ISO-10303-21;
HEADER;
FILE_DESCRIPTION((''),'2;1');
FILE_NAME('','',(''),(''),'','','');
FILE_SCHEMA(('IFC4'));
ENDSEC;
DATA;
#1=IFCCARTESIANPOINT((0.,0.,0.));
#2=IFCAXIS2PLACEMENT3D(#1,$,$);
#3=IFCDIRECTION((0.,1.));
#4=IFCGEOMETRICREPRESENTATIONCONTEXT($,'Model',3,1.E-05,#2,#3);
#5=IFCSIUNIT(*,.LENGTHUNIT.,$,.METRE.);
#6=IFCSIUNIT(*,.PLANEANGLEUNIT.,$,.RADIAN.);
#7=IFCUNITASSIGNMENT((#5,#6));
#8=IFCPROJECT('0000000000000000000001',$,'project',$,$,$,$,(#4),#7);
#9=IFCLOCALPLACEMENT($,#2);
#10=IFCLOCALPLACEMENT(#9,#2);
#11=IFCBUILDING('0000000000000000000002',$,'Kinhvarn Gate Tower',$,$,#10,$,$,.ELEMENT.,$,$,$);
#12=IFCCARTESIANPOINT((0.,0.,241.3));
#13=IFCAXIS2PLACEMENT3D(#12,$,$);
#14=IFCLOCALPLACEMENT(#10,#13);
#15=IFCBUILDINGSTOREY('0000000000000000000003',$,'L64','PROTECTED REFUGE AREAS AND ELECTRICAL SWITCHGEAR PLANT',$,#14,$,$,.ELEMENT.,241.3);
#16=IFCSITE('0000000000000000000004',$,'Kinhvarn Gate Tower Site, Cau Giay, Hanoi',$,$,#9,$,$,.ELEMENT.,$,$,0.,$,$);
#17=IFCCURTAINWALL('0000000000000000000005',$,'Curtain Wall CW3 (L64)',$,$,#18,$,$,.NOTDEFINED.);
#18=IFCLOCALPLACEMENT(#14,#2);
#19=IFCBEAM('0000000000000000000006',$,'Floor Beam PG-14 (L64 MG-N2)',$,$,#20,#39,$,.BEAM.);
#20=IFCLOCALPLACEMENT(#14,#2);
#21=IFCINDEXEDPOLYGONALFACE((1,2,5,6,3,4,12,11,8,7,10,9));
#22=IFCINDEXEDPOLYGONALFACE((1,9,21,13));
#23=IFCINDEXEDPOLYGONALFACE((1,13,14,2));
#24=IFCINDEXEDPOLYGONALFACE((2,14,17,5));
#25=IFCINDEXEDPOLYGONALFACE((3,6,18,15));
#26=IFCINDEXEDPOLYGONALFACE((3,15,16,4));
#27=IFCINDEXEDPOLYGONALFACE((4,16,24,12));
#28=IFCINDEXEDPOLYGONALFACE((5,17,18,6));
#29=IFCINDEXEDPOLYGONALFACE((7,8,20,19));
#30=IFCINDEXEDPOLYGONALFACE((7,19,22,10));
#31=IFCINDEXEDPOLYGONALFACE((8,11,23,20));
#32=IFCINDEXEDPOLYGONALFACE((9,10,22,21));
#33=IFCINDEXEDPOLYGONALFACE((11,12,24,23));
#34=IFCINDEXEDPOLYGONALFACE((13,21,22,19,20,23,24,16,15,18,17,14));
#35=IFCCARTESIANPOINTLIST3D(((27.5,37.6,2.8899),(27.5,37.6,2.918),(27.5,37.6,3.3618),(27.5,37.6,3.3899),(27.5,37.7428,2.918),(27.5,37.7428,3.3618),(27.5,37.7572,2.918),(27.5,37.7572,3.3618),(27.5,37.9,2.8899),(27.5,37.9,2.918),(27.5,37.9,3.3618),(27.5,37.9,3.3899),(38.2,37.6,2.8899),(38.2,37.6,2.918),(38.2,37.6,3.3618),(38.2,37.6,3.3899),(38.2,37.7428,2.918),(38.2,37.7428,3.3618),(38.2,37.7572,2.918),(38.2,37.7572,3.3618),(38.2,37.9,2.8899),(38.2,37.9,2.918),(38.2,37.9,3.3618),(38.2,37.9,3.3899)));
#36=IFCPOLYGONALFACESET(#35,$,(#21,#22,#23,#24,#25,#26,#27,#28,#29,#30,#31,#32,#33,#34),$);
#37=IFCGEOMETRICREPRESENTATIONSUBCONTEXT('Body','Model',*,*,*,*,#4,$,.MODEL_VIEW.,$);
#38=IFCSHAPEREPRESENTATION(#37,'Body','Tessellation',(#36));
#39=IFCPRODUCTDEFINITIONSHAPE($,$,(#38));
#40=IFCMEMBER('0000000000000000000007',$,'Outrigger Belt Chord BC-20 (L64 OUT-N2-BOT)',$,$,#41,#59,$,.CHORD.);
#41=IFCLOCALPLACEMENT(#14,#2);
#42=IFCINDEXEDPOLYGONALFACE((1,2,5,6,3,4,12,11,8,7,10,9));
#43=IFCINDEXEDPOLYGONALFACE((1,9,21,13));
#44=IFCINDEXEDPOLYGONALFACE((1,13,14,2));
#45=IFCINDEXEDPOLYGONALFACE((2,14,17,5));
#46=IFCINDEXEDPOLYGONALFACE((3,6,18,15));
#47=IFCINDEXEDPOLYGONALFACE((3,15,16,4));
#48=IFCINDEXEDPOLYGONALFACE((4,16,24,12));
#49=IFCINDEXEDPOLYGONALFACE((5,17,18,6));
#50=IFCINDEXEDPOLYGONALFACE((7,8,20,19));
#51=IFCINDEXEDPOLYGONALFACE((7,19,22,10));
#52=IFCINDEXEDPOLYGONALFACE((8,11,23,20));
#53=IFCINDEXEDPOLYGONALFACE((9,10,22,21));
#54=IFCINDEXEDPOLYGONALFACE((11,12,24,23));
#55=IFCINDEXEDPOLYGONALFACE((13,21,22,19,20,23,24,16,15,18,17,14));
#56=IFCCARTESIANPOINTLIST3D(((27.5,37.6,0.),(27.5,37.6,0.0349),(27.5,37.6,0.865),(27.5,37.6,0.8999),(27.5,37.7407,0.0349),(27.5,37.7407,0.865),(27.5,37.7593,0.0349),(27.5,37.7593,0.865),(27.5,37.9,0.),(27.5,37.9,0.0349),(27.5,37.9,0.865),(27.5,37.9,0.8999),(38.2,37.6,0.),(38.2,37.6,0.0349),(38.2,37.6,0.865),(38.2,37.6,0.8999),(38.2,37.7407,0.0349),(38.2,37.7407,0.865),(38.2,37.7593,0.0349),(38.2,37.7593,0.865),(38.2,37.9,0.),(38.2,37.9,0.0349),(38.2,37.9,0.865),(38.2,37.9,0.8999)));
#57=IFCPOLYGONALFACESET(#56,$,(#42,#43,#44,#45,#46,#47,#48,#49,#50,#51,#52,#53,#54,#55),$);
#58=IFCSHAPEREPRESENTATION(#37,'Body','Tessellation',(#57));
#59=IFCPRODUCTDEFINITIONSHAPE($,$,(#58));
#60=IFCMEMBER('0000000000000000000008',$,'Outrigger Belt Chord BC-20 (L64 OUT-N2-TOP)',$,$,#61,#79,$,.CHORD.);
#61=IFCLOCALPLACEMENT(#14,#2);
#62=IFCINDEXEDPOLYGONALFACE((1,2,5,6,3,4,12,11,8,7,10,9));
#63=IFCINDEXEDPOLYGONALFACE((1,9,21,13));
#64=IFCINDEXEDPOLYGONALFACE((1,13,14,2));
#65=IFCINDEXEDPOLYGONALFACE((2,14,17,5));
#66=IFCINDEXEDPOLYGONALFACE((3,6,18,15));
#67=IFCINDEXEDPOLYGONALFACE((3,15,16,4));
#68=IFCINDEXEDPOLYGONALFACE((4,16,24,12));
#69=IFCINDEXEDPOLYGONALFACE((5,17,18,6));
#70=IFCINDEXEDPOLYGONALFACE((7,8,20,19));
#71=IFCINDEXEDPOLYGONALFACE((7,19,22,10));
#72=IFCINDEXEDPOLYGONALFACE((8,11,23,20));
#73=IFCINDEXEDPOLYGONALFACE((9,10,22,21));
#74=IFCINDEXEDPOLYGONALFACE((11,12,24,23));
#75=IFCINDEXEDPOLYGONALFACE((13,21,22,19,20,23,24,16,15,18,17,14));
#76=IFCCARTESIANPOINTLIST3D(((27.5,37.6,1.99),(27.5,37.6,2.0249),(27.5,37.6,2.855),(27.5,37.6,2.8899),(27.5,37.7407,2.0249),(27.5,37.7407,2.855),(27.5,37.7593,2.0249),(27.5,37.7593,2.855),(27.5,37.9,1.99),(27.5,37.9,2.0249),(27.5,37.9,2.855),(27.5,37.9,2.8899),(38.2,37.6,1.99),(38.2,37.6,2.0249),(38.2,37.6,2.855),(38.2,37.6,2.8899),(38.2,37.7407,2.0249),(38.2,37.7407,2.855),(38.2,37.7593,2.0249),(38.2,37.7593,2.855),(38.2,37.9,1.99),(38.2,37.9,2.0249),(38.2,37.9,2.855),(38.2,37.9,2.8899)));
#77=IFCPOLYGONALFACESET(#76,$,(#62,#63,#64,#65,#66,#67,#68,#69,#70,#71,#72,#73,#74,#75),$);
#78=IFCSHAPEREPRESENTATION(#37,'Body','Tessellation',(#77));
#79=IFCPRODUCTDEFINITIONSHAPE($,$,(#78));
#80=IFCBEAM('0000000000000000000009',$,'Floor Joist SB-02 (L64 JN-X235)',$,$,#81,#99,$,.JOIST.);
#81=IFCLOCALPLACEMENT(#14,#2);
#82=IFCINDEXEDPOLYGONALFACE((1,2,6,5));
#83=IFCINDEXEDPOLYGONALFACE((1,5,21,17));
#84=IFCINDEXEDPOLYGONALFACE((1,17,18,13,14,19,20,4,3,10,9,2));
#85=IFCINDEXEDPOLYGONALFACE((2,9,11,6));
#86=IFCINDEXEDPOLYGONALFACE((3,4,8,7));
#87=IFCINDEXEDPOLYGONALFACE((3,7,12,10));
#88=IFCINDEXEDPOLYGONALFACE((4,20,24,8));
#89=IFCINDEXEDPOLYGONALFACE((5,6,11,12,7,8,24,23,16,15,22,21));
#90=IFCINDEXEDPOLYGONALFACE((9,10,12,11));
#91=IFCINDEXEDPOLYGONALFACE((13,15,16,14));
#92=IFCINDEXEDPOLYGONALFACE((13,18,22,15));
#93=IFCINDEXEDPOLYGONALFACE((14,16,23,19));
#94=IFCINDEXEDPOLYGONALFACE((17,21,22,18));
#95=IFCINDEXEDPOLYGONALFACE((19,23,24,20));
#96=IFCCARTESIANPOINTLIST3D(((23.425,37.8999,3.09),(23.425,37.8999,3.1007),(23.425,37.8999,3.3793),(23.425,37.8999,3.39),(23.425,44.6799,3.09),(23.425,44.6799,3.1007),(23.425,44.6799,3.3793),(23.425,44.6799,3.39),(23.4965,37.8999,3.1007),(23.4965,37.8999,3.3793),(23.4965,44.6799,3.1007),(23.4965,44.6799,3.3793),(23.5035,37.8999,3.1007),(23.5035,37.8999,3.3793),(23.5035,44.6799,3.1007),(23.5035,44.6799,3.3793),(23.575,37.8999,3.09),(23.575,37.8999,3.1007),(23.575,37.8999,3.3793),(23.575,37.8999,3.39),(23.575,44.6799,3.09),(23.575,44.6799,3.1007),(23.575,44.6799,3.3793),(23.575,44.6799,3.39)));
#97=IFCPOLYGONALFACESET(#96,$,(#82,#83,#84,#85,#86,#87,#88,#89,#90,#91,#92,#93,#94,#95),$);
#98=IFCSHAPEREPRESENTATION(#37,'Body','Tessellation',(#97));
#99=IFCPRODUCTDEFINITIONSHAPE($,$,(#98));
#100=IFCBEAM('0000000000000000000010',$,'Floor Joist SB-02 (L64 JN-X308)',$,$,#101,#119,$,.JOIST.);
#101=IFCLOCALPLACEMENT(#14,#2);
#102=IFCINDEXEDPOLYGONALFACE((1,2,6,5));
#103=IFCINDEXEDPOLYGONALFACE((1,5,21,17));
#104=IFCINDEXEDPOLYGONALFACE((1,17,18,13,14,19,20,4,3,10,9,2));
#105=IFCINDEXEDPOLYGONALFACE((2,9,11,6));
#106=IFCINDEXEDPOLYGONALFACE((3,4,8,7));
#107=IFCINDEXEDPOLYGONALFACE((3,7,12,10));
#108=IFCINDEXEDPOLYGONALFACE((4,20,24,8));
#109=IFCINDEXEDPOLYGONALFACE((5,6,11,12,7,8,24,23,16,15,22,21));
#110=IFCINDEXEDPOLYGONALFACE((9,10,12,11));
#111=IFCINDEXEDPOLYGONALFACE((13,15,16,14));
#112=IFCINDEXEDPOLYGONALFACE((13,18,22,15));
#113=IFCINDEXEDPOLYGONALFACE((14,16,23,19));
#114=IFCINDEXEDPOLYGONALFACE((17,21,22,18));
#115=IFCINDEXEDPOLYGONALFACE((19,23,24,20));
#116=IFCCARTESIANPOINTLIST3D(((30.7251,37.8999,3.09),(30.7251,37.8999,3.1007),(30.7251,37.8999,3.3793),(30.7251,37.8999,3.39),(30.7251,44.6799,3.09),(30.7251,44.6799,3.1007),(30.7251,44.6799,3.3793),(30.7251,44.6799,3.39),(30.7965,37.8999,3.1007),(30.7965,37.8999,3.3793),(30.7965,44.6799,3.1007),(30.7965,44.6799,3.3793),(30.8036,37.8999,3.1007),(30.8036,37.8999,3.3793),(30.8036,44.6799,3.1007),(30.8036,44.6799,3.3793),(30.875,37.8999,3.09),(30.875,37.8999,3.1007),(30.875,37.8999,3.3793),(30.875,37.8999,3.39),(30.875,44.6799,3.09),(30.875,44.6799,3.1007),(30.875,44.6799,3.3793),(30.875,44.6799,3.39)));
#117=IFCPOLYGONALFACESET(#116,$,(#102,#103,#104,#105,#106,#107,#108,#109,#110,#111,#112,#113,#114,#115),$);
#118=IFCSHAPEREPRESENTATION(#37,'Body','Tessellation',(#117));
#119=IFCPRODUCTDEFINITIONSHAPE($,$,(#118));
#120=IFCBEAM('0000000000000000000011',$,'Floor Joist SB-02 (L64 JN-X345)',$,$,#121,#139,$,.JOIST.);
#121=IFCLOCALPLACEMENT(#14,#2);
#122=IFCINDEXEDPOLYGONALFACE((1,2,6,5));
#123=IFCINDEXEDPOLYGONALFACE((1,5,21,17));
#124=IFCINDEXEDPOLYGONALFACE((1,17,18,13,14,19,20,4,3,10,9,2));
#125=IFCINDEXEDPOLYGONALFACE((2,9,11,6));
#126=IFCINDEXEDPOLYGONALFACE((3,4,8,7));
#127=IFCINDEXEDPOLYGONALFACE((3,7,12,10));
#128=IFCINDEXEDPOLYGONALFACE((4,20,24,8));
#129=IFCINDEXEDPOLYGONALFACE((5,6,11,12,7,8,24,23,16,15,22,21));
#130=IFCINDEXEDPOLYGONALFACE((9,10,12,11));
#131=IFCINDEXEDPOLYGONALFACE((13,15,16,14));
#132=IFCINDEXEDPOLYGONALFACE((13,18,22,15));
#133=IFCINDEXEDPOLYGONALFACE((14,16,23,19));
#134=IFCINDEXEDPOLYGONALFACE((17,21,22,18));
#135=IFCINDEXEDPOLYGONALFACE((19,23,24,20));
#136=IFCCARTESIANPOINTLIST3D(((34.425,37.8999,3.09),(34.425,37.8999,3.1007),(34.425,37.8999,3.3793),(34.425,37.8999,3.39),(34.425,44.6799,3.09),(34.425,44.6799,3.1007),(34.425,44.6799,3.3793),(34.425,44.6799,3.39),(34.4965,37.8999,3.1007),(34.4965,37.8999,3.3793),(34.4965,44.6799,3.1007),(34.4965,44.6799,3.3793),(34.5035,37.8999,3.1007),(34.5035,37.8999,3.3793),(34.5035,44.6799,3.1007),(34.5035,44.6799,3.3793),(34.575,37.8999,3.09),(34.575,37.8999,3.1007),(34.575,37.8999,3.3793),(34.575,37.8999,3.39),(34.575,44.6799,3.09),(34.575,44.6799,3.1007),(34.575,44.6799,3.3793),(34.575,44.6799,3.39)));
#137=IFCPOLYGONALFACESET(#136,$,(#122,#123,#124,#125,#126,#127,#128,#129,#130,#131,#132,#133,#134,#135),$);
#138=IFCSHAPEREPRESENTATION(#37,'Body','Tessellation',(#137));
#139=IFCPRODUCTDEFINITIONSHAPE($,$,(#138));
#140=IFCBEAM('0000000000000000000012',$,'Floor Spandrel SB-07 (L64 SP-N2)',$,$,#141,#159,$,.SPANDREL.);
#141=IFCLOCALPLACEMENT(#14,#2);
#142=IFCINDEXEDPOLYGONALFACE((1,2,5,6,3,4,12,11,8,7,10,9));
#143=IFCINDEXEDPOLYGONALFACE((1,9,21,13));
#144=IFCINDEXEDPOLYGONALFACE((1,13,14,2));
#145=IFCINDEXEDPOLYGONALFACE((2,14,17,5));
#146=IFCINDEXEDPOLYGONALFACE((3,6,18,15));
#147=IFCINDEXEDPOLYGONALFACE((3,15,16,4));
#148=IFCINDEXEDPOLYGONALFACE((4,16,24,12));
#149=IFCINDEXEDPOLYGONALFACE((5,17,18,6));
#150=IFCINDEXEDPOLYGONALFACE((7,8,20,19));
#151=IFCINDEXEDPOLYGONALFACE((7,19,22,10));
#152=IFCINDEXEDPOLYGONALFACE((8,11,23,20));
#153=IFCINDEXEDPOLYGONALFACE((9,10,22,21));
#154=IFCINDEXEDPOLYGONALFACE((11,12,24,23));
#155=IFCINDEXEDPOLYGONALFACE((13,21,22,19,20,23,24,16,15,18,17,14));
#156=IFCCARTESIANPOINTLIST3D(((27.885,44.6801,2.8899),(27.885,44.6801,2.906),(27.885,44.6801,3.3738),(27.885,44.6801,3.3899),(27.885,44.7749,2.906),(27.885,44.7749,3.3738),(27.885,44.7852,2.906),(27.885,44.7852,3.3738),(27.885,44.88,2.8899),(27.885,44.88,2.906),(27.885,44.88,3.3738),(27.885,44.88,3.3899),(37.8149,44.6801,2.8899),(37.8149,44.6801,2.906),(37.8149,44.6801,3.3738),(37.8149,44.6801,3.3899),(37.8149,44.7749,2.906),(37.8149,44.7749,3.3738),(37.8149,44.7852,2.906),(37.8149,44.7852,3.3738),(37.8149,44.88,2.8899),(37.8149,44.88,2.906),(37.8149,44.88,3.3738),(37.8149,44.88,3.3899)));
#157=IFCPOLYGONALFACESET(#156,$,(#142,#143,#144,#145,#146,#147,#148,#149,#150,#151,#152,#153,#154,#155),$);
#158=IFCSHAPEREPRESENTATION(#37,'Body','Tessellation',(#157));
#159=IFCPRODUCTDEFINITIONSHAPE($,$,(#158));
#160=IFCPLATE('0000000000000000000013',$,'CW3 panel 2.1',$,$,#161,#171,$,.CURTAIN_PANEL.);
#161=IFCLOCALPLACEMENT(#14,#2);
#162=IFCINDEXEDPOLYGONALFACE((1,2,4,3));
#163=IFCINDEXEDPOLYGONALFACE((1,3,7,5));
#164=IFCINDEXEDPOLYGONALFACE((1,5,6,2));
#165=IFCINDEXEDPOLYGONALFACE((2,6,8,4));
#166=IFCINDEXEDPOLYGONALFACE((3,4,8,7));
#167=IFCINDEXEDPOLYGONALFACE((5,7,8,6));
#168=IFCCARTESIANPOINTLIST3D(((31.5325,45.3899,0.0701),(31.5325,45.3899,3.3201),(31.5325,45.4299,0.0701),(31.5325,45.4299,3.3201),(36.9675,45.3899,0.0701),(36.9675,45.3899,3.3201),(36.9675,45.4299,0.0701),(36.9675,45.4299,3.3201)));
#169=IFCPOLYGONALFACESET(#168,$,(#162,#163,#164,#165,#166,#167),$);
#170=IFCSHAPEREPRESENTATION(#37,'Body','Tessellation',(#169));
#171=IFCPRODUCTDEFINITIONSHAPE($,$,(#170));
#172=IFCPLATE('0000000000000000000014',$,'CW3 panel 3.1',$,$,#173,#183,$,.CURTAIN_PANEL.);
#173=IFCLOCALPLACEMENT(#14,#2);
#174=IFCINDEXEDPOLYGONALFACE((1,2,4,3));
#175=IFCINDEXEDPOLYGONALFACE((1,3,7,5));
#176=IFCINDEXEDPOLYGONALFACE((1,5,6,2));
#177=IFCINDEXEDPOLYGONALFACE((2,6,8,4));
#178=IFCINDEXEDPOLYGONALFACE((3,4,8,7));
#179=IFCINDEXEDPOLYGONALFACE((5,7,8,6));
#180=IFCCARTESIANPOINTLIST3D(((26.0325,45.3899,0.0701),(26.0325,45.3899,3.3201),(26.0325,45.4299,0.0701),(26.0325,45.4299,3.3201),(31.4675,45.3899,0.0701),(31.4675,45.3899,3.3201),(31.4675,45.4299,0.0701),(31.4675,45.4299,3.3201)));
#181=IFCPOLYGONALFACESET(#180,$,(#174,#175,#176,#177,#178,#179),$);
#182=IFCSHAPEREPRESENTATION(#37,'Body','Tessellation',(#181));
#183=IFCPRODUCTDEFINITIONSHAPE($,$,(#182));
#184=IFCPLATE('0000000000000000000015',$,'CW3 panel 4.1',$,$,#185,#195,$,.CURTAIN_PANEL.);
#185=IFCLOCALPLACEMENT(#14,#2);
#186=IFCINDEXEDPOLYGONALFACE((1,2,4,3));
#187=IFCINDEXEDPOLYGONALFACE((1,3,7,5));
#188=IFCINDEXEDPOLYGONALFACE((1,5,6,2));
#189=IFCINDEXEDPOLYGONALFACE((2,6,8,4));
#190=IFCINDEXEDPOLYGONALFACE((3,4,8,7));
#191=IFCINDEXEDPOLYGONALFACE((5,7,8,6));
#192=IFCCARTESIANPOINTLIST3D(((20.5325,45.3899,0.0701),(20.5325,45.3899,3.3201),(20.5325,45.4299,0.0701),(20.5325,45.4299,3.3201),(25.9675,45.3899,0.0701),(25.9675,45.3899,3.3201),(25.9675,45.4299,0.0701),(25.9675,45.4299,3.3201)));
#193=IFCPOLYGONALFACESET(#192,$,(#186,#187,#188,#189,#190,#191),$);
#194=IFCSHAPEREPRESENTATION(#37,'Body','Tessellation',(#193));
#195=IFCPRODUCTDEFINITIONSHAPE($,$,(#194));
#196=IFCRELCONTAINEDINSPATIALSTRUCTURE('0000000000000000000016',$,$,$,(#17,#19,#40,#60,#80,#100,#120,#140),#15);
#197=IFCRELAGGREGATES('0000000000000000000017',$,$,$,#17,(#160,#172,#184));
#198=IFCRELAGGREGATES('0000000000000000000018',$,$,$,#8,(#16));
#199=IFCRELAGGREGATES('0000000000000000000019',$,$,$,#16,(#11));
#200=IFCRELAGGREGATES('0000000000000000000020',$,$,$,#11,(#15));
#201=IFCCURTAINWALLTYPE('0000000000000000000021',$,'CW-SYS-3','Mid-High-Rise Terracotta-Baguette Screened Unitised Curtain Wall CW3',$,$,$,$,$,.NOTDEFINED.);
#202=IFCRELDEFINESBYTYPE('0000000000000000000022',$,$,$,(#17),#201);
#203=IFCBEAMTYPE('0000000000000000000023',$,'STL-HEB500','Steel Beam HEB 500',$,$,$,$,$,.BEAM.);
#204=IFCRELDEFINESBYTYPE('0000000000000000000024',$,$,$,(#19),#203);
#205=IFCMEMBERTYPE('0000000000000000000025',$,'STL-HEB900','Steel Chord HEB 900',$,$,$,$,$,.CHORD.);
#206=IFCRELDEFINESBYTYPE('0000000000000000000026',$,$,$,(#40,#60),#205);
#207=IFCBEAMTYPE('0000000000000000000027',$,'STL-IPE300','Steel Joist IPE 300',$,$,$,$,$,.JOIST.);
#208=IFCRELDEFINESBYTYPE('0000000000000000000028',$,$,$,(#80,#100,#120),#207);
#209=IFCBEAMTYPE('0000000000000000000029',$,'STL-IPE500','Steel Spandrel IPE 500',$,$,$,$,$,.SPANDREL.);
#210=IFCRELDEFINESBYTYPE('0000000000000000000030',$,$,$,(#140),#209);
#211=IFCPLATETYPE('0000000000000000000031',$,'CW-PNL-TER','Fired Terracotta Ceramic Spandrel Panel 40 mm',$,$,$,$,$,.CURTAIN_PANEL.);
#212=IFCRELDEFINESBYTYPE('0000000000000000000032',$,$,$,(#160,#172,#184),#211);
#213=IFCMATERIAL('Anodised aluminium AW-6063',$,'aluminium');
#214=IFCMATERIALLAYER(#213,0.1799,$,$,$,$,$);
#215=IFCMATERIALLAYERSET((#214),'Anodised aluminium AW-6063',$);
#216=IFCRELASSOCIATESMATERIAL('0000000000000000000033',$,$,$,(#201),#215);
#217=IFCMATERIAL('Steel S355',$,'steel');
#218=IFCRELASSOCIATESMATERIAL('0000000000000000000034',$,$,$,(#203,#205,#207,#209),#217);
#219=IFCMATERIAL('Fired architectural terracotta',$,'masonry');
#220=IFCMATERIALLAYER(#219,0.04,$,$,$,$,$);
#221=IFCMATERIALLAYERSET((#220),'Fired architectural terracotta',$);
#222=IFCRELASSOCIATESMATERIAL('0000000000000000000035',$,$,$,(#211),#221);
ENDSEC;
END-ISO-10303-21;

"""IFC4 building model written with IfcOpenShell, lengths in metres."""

from ifc_helpers import new_model, si_unit, direction, frame, origin, origin_2d, place, context, subcontext, project, spatial, rectangle, i_section, extrude, material, layer, layer_set, material_profile, profile_set, type_object, element, aggregate, save


model = new_model("IFC4")

# Units and contexts
model_context = context("Model", 3, precision=1e-05, world=origin(), true_north=direction((0.0, 1.0)))
body_context = subcontext(model_context, "Body", "Model", "MODEL_VIEW")
ifc_project = project(units=[si_unit("LENGTHUNIT", "METRE"), si_unit("PLANEANGLEUNIT", "RADIAN")], contexts=[model_context])

# Site, building, storey
site_placement = place(None, origin())
site = spatial("IfcSite", under=ifc_project, at=site_placement, Name="Kinhvarn Gate Tower Site, Cau Giay, Hanoi", CompositionType="ELEMENT", RefElevation=0.0)
building_placement = place(site_placement, origin())
building = spatial("IfcBuilding", under=site, at=building_placement, Name="Kinhvarn Gate Tower", CompositionType="ELEMENT")
storey_placement = place(building_placement, frame((0.0, 0.0, 241.3)))
storey = spatial("IfcBuildingStorey", under=building, at=storey_placement, Name="L64", Description="PROTECTED REFUGE AREAS AND ELECTRICAL SWITCHGEAR PLANT", CompositionType="ELEMENT", Elevation=241.3)

# Curtain wall
ifc_material_1 = material(Name="Anodised aluminium AW-6063", Category="aluminium")
ifc_layer_1 = layer(ifc_material_1, 0.1799)
ifc_layer_set_1 = layer_set([ifc_layer_1], Name="Anodised aluminium AW-6063")
curtain_wall_type = type_object("IfcCurtainWallType", Name="CW-SYS-3", Description="Mid-High-Rise Terracotta-Baguette Screened Unitised Curtain Wall CW3", PredefinedType="NOTDEFINED", material=ifc_layer_set_1)
curtain_wall_placement = place(storey_placement, origin())
curtain_wall = element("IfcCurtainWall", 1, at=curtain_wall_placement, inside=storey, type_object=curtain_wall_type, Name="Curtain Wall CW3 (L64)", PredefinedType="NOTDEFINED")

# Shared definitions
ifc_material_2 = material(Name="Steel S355", Category="steel")

# Beam
ifc_material_profile_1 = material_profile(ifc_material_2, i_section(OverallWidth=0.3, OverallDepth=0.5, WebThickness=0.0144, FlangeThickness=0.0281, at=origin_2d()), Name="HEB 500")
ifc_profile_set_1 = profile_set([ifc_material_profile_1], Name="Steel S355")
beam_type_1 = type_object("IfcBeamType", Name="STL-HEB500", Description="Steel Beam HEB 500", PredefinedType="BEAM", material=ifc_profile_set_1)
beam_1_placement = place(storey_placement, frame((27.5, 37.75, 3.1399), z_axis=(1.0, 0.0, 0.0), x_axis=(0.0, 1.0, 0.0)))
element("IfcBeam", 2, at=beam_1_placement, inside=storey, type_object=beam_type_1, Name="Floor Beam PG-14 (L64 MG-N2)", PredefinedType="BEAM", context=body_context, shape_type="SweptSolid", body=[
    extrude(i_section(OverallWidth=0.3, OverallDepth=0.5, WebThickness=0.0144, FlangeThickness=0.0281, at=origin_2d()), origin(), (0.0, 0.0, 1.0), 10.7),
])

# Members
ifc_material_profile_2 = material_profile(ifc_material_2, i_section(OverallWidth=0.3, OverallDepth=0.8999, WebThickness=0.0186, FlangeThickness=0.0349, at=origin_2d()), Name="HEB 900")
ifc_profile_set_2 = profile_set([ifc_material_profile_2], Name="Steel S355")
member_type_1 = type_object("IfcMemberType", Name="STL-HEB900", Description="Steel Chord HEB 900", PredefinedType="CHORD", material=ifc_profile_set_2)
for number, where, z_axis, x_axis, name in (
    (3, (27.5, 37.75, 0.45), (1.0, 0.0, 0.0), (0.0, 1.0, 0.0), "Outrigger Belt Chord BC-20 (L64 OUT-N2-BOT)"),
    (4, (27.5, 37.75, 2.4399), (1.0, 0.0, 0.0), (0.0, 1.0, 0.0), "Outrigger Belt Chord BC-20 (L64 OUT-N2-TOP)"),
):
    element("IfcMember", number, at=place(storey_placement, frame(where, z_axis=z_axis, x_axis=x_axis)), inside=storey, type_object=member_type_1, Name=name, PredefinedType="CHORD", context=body_context, shape_type="SweptSolid", body=[
        extrude(i_section(OverallWidth=0.3, OverallDepth=0.8999, WebThickness=0.0186, FlangeThickness=0.0349, at=origin_2d()), origin(), (0.0, 0.0, 1.0), 10.7),
    ])

# Beams
ifc_material_profile_3 = material_profile(ifc_material_2, i_section(OverallWidth=0.1499, OverallDepth=0.3, WebThickness=0.0071, FlangeThickness=0.0107, at=origin_2d()), Name="IPE 300")
ifc_profile_set_3 = profile_set([ifc_material_profile_3], Name="Steel S355")
beam_type_2 = type_object("IfcBeamType", Name="STL-IPE300", Description="Steel Joist IPE 300", PredefinedType="JOIST", material=ifc_profile_set_3)
for number, where, z_axis, x_axis, name in (
    (5, (23.5, 37.8999, 3.24), (0.0, 1.0, 0.0), (-1.0, 0.0, 0.0), "Floor Joist SB-02 (L64 JN-X235)"),
    (6, (30.8, 37.8999, 3.24), (0.0, 1.0, 0.0), (-1.0, 0.0, 0.0), "Floor Joist SB-02 (L64 JN-X308)"),
    (7, (34.5, 37.8999, 3.24), (0.0, 1.0, 0.0), (-1.0, 0.0, 0.0), "Floor Joist SB-02 (L64 JN-X345)"),
):
    element("IfcBeam", number, at=place(storey_placement, frame(where, z_axis=z_axis, x_axis=x_axis)), inside=storey, type_object=beam_type_2, Name=name, PredefinedType="JOIST", context=body_context, shape_type="SweptSolid", body=[
        extrude(i_section(OverallWidth=0.1499, OverallDepth=0.3, WebThickness=0.0071, FlangeThickness=0.0107, at=origin_2d()), origin(), (0.0, 0.0, 1.0), 6.78),
    ])
ifc_material_profile_4 = material_profile(ifc_material_2, i_section(OverallWidth=0.2, OverallDepth=0.5, WebThickness=0.0103, FlangeThickness=0.0161, at=origin_2d()), Name="IPE 500")
ifc_profile_set_4 = profile_set([ifc_material_profile_4], Name="Steel S355")
beam_type_3 = type_object("IfcBeamType", Name="STL-IPE500", Description="Steel Spandrel IPE 500", PredefinedType="SPANDREL", material=ifc_profile_set_4)
beam_2_placement = place(storey_placement, frame((27.885, 44.78, 3.1399), z_axis=(1.0, 0.0, 0.0), x_axis=(0.0, 1.0, 0.0)))
element("IfcBeam", 8, at=beam_2_placement, inside=storey, type_object=beam_type_3, Name="Floor Spandrel SB-07 (L64 SP-N2)", PredefinedType="SPANDREL", context=body_context, shape_type="SweptSolid", body=[
    extrude(i_section(OverallWidth=0.2, OverallDepth=0.5, WebThickness=0.0103, FlangeThickness=0.0161, at=origin_2d()), origin(), (0.0, 0.0, 1.0), 9.9299),
])

# Plates
ifc_material_3 = material(Name="Fired architectural terracotta", Category="masonry")
ifc_layer_2 = layer(ifc_material_3, 0.04)
ifc_layer_set_2 = layer_set([ifc_layer_2], Name="Fired architectural terracotta")
plate_type = type_object("IfcPlateType", Name="CW-PNL-TER", Description="Fired Terracotta Ceramic Spandrel Panel 40 mm", PredefinedType="CURTAIN_PANEL", material=ifc_layer_set_2)
plate_1_placement = place(storey_placement, frame((34.25, 45.4099, 0.0701), z_axis=(0.0, 0.0, 1.0), x_axis=(-1.0, 0.0, 0.0)))
plate_1 = element("IfcPlate", 9, at=plate_1_placement, type_object=plate_type, Name="CW3 panel 2.1", PredefinedType="CURTAIN_PANEL", context=body_context, shape_type="SweptSolid", body=[
    extrude(rectangle(XDim=5.4351, YDim=0.04, at=origin_2d()), origin(), (0.0, 0.0, 1.0), 3.25),
])
plate_2_placement = place(storey_placement, frame((28.75, 45.4099, 0.0701), z_axis=(0.0, 0.0, 1.0), x_axis=(-1.0, 0.0, 0.0)))
plate_2 = element("IfcPlate", 10, at=plate_2_placement, type_object=plate_type, Name="CW3 panel 3.1", PredefinedType="CURTAIN_PANEL", context=body_context, shape_type="SweptSolid", body=[
    extrude(rectangle(XDim=5.4351, YDim=0.04, at=origin_2d()), origin(), (0.0, 0.0, 1.0), 3.25),
])
plate_3_placement = place(storey_placement, frame((23.25, 45.4099, 0.0701), z_axis=(0.0, 0.0, 1.0), x_axis=(-1.0, 0.0, 0.0)))
plate_3 = element("IfcPlate", 11, at=plate_3_placement, type_object=plate_type, Name="CW3 panel 4.1", PredefinedType="CURTAIN_PANEL", context=body_context, shape_type="SweptSolid", body=[
    extrude(rectangle(XDim=5.4351, YDim=0.04, at=origin_2d()), origin(), (0.0, 0.0, 1.0), 3.25),
])
aggregate(curtain_wall, [plate_1, plate_2, plate_3])

save(model, "model.ifc")
